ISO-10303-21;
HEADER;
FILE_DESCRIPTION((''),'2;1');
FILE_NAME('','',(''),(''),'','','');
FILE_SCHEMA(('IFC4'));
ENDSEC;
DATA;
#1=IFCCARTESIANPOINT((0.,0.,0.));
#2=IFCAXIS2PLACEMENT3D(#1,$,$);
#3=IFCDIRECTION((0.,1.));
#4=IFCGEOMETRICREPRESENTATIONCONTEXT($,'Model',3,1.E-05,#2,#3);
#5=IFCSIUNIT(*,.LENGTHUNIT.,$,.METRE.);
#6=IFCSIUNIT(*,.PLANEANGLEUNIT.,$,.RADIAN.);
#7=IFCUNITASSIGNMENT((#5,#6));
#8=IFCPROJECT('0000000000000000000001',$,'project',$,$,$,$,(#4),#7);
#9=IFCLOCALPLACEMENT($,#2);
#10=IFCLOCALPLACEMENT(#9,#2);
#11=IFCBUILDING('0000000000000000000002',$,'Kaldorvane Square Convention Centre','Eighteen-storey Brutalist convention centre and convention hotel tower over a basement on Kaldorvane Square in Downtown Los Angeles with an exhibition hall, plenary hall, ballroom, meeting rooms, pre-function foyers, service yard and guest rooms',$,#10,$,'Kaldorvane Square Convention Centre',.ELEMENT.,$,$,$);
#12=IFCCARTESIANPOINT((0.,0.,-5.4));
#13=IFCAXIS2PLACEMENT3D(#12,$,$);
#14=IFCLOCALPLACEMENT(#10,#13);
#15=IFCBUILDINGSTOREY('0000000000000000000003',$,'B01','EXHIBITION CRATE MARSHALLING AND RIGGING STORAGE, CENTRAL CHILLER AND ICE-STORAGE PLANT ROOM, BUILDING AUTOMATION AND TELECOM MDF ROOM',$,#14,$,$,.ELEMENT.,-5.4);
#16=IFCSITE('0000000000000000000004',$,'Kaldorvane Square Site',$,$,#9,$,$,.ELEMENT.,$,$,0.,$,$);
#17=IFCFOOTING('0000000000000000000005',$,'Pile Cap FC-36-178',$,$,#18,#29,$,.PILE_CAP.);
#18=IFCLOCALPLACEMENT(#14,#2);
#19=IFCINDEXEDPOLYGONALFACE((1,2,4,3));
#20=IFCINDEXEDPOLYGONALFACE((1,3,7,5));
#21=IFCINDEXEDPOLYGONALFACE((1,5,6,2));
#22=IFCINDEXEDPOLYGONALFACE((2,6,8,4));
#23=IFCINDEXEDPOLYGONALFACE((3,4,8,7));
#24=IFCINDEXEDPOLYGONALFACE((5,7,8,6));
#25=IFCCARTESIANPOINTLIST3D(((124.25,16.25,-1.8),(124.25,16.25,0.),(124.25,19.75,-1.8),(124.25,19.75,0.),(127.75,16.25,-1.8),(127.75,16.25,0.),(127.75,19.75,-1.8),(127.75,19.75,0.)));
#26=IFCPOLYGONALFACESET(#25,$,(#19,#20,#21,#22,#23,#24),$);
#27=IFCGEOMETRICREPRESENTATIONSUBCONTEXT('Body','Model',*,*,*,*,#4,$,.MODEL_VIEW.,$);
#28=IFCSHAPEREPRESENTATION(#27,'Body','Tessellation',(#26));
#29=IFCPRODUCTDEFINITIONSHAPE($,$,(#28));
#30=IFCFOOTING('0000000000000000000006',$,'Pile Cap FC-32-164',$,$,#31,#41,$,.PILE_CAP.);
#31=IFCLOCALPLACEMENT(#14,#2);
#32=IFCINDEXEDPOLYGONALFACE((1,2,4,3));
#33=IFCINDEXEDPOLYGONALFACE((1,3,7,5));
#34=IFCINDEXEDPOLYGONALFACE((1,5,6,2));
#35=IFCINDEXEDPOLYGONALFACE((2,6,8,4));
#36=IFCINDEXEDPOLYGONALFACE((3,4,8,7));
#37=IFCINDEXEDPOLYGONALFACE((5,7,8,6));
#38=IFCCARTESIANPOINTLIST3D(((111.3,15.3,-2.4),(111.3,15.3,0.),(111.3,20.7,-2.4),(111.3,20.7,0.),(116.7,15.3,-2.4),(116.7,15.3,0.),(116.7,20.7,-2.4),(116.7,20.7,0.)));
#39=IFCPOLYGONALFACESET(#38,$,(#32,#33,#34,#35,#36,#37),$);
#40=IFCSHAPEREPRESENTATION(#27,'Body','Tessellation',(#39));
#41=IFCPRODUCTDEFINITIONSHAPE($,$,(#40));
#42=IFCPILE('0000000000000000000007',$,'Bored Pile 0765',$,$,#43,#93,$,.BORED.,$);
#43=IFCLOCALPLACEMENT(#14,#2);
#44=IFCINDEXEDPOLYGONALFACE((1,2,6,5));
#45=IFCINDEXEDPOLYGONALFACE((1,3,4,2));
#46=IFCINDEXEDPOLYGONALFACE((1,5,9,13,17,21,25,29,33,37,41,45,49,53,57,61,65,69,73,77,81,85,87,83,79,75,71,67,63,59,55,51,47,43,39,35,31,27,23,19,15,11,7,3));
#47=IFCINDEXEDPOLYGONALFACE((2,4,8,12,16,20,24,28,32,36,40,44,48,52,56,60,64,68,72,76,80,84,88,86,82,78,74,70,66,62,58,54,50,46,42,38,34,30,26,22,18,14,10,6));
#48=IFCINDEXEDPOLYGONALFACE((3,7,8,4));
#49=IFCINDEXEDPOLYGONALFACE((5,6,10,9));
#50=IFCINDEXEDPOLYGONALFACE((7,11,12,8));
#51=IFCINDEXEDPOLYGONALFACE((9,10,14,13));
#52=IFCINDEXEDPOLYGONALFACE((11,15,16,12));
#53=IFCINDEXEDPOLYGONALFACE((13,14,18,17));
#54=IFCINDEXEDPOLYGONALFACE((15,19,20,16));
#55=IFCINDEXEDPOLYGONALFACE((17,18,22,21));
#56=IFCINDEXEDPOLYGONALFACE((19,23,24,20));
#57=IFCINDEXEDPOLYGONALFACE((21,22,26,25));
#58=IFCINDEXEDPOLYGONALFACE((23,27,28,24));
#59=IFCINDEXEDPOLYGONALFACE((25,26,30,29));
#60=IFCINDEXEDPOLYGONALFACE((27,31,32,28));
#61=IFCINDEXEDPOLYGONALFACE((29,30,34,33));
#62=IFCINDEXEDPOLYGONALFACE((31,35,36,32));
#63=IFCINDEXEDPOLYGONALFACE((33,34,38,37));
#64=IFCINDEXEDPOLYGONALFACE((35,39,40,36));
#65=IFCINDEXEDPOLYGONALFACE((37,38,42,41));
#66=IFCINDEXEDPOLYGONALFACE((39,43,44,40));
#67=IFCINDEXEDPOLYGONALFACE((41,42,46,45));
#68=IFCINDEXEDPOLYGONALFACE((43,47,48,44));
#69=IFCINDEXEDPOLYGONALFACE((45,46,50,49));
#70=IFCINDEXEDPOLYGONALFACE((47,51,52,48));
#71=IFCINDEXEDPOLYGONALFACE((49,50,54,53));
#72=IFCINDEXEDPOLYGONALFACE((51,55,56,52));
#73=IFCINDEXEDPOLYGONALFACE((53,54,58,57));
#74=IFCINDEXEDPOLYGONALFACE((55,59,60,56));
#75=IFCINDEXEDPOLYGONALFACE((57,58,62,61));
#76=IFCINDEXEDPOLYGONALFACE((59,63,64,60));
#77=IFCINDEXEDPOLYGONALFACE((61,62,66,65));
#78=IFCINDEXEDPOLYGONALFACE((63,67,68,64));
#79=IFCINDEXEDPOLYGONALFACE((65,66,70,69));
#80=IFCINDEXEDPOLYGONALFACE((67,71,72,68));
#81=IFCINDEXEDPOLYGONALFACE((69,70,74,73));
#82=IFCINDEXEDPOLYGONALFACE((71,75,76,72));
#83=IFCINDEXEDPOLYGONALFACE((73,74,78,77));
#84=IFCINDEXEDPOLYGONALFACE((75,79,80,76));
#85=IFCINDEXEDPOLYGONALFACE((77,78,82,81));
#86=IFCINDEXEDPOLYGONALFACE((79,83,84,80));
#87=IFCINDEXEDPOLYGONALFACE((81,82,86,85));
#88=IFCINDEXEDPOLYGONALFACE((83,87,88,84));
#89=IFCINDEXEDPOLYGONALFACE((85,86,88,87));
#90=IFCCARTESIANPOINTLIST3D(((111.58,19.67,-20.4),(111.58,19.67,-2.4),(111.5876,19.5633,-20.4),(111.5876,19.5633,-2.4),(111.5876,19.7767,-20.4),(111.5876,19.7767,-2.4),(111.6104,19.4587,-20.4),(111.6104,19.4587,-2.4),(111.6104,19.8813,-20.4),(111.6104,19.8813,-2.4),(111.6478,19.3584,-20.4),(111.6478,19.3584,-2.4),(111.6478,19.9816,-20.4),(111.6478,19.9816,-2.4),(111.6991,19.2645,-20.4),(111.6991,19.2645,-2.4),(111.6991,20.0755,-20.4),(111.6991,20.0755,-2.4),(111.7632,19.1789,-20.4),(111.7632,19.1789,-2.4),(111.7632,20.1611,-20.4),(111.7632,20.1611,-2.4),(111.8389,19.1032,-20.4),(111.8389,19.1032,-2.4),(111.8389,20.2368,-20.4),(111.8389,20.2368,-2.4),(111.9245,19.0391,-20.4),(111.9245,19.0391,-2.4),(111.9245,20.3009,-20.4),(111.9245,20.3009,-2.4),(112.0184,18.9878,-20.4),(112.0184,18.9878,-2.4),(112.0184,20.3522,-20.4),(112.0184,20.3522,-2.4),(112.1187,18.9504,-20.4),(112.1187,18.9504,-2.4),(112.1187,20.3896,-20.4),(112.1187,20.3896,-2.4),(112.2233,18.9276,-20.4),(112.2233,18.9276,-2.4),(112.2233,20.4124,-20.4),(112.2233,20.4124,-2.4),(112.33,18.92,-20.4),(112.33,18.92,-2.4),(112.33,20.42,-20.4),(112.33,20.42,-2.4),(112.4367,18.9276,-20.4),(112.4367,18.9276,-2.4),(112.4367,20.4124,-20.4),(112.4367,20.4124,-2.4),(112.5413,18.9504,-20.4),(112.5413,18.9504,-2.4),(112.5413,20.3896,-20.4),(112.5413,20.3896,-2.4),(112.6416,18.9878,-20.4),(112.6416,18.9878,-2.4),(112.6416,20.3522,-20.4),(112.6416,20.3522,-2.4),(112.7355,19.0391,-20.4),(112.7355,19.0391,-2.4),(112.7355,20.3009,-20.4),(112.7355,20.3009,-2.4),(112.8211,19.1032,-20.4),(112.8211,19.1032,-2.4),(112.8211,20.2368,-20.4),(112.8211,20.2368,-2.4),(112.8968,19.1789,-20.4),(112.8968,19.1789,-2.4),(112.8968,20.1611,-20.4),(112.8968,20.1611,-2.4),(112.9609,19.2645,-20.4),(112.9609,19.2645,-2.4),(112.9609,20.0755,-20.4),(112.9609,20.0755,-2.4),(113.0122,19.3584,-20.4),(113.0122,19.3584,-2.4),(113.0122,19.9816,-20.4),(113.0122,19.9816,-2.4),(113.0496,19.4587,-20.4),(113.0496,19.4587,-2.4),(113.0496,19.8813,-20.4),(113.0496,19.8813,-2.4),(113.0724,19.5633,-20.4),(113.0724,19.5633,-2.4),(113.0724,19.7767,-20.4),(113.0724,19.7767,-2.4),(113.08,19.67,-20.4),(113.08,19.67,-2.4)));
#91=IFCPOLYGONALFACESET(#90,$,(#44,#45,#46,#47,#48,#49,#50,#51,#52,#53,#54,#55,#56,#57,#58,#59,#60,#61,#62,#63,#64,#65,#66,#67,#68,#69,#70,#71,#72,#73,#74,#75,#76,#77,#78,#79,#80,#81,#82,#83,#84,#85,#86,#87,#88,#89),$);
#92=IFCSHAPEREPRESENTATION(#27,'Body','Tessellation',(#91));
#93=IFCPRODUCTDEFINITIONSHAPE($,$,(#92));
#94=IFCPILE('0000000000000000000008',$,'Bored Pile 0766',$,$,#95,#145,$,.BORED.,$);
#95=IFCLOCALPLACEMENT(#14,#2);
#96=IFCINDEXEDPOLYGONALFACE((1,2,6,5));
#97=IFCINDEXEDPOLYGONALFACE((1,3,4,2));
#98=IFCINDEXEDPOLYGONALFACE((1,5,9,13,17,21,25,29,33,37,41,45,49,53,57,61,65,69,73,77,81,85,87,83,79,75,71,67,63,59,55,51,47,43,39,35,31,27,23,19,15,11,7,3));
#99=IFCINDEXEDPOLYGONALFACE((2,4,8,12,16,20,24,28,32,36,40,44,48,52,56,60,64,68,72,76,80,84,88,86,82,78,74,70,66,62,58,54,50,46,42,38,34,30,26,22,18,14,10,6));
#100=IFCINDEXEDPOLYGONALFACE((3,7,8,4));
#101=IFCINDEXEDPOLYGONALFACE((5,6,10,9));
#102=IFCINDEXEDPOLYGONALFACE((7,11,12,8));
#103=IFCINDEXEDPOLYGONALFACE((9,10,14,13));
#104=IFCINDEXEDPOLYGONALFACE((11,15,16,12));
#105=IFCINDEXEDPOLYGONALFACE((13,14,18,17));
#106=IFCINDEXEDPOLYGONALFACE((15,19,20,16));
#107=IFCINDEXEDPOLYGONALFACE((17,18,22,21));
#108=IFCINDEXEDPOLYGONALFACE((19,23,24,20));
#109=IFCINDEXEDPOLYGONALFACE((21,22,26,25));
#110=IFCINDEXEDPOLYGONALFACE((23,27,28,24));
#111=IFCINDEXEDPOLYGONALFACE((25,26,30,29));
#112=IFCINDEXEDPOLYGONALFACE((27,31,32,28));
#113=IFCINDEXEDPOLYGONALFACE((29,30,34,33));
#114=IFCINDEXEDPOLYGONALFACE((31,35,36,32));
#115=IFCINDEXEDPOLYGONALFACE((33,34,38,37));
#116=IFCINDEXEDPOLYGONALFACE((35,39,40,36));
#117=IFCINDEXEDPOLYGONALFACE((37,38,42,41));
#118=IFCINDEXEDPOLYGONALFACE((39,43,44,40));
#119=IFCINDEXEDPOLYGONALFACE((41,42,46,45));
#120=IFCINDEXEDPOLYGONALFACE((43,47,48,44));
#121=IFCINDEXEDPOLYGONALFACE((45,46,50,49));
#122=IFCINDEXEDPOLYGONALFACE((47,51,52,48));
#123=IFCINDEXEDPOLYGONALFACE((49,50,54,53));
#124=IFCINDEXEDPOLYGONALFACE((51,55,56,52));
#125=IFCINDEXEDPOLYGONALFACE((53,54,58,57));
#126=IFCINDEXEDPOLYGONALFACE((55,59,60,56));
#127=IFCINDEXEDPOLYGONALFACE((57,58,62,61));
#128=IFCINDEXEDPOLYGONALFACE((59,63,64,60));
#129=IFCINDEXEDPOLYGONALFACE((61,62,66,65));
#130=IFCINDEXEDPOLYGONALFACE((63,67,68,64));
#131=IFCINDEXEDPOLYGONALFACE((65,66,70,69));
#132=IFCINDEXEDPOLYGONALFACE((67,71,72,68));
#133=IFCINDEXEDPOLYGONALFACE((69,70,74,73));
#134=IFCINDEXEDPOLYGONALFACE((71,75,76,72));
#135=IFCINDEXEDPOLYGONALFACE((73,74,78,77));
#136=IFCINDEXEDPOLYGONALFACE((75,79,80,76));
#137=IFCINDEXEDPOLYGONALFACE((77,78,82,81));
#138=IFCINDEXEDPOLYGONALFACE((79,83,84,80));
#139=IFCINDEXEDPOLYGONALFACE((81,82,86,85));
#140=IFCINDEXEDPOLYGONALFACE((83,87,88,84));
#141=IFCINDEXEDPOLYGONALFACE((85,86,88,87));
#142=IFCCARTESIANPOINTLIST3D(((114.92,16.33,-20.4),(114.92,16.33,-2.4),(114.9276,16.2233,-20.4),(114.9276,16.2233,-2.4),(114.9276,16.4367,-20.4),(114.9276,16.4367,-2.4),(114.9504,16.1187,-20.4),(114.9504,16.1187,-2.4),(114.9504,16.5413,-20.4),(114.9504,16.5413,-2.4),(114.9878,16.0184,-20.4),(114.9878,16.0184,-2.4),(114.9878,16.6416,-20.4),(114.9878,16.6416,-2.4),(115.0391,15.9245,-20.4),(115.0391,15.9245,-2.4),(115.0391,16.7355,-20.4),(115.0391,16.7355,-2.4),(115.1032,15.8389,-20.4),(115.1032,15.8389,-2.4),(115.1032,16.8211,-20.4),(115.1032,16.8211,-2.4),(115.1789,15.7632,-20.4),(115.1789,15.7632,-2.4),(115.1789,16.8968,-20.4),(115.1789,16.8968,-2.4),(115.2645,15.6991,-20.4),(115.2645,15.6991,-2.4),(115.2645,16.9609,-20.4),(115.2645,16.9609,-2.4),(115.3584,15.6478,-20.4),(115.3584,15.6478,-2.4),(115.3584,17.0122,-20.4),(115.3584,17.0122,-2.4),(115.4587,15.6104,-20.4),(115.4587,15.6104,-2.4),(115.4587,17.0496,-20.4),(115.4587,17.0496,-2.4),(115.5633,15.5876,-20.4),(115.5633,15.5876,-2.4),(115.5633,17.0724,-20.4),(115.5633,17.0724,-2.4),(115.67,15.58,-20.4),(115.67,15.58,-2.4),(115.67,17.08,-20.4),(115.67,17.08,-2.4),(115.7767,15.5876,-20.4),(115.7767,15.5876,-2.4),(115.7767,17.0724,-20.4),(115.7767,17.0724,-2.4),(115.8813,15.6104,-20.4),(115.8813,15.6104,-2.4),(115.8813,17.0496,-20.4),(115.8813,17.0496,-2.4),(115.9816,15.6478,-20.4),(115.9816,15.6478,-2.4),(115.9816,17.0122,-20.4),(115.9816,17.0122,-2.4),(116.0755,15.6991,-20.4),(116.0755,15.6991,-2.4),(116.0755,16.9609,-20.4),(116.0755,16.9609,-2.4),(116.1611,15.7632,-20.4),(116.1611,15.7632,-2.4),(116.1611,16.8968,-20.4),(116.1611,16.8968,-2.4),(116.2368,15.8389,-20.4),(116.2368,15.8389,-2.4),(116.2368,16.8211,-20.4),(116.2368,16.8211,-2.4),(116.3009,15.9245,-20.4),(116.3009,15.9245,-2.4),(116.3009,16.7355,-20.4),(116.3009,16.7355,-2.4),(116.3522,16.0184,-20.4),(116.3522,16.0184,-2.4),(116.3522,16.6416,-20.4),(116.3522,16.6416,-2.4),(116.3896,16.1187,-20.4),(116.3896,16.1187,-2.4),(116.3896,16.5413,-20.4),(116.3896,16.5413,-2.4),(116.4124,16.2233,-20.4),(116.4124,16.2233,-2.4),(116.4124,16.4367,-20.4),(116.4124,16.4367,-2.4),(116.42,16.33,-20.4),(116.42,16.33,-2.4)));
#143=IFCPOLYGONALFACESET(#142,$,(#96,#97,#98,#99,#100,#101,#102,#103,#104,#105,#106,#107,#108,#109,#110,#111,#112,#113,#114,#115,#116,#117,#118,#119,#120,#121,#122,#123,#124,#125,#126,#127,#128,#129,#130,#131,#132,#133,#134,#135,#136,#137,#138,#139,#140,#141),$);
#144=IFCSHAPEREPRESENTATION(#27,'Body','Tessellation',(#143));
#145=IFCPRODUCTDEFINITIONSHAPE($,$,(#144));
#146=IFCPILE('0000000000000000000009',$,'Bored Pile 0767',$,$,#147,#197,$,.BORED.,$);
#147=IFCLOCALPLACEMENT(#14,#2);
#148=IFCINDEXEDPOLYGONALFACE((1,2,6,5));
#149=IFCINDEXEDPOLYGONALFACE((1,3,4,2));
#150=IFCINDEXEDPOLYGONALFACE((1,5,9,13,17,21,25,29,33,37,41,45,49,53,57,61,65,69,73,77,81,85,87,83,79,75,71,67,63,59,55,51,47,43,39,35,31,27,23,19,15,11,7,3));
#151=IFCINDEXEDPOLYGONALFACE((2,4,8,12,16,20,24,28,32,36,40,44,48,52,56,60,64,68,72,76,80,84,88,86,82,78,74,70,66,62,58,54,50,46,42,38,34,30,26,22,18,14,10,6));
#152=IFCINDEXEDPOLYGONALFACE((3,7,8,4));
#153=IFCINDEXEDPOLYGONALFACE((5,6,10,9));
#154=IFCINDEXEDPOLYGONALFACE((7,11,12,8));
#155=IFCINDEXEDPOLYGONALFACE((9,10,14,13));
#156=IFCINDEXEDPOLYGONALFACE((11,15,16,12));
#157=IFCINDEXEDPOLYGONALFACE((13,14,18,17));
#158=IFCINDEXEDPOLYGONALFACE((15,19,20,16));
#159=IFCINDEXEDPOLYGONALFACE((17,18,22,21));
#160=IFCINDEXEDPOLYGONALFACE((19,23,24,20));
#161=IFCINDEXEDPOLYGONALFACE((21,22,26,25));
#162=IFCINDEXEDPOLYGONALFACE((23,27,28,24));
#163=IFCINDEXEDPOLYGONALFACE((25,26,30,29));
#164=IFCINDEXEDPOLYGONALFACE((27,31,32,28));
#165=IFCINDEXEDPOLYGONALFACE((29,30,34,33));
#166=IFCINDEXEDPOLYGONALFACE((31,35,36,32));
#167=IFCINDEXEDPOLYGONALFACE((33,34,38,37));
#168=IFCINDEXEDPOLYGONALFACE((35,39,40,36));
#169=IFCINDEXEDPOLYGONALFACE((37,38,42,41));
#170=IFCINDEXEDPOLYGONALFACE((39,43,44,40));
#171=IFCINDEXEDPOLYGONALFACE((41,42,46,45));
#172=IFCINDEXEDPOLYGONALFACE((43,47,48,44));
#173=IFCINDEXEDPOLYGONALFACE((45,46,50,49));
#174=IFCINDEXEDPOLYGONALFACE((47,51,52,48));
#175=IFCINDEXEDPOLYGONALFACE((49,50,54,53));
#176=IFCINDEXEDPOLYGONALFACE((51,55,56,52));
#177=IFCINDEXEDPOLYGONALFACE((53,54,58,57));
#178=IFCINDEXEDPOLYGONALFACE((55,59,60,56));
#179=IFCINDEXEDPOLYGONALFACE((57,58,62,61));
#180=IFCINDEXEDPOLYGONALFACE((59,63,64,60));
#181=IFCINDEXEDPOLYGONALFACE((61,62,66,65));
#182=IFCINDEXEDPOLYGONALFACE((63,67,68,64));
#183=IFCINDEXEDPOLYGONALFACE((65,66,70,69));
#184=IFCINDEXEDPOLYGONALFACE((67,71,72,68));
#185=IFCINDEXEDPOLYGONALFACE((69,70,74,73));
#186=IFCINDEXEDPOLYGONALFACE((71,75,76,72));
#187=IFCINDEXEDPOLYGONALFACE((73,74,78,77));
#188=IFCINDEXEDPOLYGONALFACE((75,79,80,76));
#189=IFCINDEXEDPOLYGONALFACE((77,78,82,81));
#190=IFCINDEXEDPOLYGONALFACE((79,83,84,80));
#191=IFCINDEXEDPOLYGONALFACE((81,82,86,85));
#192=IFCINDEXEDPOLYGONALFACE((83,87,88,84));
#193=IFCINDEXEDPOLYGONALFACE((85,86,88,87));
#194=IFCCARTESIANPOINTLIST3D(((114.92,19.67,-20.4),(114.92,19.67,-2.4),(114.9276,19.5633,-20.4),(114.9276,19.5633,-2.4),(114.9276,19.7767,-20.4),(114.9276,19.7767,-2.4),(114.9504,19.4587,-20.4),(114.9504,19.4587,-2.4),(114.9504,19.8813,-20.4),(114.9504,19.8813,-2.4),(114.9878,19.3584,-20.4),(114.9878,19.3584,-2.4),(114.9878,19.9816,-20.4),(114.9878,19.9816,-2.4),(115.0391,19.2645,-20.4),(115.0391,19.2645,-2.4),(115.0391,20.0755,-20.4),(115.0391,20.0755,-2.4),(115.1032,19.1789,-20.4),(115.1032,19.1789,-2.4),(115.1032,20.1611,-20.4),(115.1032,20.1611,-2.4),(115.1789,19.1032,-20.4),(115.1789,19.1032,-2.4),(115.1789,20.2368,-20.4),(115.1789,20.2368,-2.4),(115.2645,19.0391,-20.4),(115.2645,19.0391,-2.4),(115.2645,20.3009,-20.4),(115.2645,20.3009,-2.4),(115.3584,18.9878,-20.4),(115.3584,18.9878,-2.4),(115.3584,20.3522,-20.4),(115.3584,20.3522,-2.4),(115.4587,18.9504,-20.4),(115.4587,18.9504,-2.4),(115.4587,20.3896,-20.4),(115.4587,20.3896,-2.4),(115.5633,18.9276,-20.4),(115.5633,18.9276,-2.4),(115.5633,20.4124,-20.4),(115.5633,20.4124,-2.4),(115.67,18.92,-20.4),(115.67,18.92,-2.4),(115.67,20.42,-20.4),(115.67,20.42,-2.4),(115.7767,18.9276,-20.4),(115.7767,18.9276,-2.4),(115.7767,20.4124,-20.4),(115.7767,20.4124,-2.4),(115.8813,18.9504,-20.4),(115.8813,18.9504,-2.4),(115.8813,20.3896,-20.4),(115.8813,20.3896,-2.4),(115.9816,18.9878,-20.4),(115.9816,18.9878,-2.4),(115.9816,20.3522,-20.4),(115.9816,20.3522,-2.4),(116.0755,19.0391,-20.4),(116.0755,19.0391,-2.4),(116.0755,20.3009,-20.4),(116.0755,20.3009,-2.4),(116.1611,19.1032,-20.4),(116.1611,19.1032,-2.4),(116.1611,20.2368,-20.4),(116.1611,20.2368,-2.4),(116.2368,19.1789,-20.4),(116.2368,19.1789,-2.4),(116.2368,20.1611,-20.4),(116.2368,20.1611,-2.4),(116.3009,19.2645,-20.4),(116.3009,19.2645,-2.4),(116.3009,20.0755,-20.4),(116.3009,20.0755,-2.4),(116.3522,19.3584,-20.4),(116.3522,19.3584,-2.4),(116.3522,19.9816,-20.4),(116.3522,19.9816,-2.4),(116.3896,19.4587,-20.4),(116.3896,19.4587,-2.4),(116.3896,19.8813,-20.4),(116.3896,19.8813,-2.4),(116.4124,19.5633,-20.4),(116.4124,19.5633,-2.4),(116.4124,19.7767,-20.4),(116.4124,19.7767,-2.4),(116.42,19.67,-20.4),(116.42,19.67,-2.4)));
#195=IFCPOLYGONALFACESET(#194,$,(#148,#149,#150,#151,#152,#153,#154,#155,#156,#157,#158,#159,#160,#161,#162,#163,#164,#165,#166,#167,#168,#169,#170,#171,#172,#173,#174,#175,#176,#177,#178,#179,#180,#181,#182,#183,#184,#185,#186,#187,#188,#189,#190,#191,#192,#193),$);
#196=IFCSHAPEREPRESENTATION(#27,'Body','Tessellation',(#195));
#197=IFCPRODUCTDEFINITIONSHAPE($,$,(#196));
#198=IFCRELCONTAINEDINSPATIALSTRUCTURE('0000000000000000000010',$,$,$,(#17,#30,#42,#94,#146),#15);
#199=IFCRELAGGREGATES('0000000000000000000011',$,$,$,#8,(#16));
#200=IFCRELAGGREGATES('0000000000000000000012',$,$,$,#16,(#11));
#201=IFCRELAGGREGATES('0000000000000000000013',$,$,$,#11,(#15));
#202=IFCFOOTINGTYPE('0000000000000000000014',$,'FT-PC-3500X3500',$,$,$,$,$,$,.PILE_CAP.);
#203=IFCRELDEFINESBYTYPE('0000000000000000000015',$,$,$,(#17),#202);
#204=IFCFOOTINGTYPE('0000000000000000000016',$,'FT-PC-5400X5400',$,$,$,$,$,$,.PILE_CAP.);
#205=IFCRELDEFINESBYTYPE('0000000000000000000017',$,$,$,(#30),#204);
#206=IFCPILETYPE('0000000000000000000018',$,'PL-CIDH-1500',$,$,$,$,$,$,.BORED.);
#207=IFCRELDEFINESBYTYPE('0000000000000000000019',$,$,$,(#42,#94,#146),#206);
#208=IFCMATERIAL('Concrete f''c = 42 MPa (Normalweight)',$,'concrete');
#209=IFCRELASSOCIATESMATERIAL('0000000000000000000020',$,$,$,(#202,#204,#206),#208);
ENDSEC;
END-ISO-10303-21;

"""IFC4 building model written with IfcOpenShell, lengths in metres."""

from ifc_helpers import new_model, si_unit, direction, frame, origin, origin_2d, place, context, subcontext, project, spatial, rectangle, circle, extrude, material, material_profile, profile_set, type_object, element, save


model = new_model("IFC4")

# Units and contexts
model_context = context("Model", 3, precision=1e-05, world=origin(), true_north=direction((0.0, 1.0)))
body_context = subcontext(model_context, "Body", "Model", "MODEL_VIEW")
ifc_project = project(units=[si_unit("LENGTHUNIT", "METRE"), si_unit("PLANEANGLEUNIT", "RADIAN")], contexts=[model_context])

# Site, building, storey
site_placement = place(None, origin())
site = spatial("IfcSite", under=ifc_project, at=site_placement, Name="Kaldorvane Square Site", CompositionType="ELEMENT", RefElevation=0.0)
building_placement = place(site_placement, origin())
building = spatial("IfcBuilding", under=site, at=building_placement, Name="Kaldorvane Square Convention Centre", Description="Eighteen-storey Brutalist convention centre and convention hotel tower over a basement on Kaldorvane Square in Downtown Los Angeles with an exhibition hall, plenary hall, ballroom, meeting rooms, pre-function foyers, service yard and guest rooms", LongName="Kaldorvane Square Convention Centre", CompositionType="ELEMENT")
storey_placement = place(building_placement, frame((0.0, 0.0, -5.4)))
storey = spatial("IfcBuildingStorey", under=building, at=storey_placement, Name="B01", Description="EXHIBITION CRATE MARSHALLING AND RIGGING STORAGE, CENTRAL CHILLER AND ICE-STORAGE PLANT ROOM, BUILDING AUTOMATION AND TELECOM MDF ROOM", CompositionType="ELEMENT", Elevation=-5.4)

# Footings
ifc_material_1 = material(Name="Concrete f'c = 42 MPa (Normalweight)", Category="concrete")
footing_type_1 = type_object("IfcFootingType", Name="FT-PC-3500X3500", PredefinedType="PILE_CAP", material=ifc_material_1)
footing_1_placement = place(storey_placement, frame((126.0, 18.0, -1.8), z_axis=(0.0, 0.0, 1.0), x_axis=(1.0, 0.0, 0.0)))
element("IfcFooting", 1, at=footing_1_placement, inside=storey, type_object=footing_type_1, Name="Pile Cap FC-36-178", PredefinedType="PILE_CAP", context=body_context, shape_type="SweptSolid", body=[
    extrude(rectangle(XDim=3.5, YDim=3.5, at=origin_2d()), origin(), (0.0, 0.0, 1.0), 1.8),
])
footing_type_2 = type_object("IfcFootingType", Name="FT-PC-5400X5400", PredefinedType="PILE_CAP", material=ifc_material_1)
footing_2_placement = place(storey_placement, frame((114.0, 18.0, -2.4), z_axis=(0.0, 0.0, 1.0), x_axis=(1.0, 0.0, 0.0)))
element("IfcFooting", 2, at=footing_2_placement, inside=storey, type_object=footing_type_2, Name="Pile Cap FC-32-164", PredefinedType="PILE_CAP", context=body_context, shape_type="SweptSolid", body=[
    extrude(rectangle(XDim=5.4, YDim=5.4, at=origin_2d()), origin(), (0.0, 0.0, 1.0), 2.4),
])

# Piles
ifc_material_profile_1 = material_profile(ifc_material_1, circle(Radius=0.75, at=origin_2d()), Name="PILE-D1500")
ifc_profile_set_1 = profile_set([ifc_material_profile_1], Name="Concrete f'c = 42 MPa (Normalweight)")
pile_type_1 = type_object("IfcPileType", Name="PL-CIDH-1500", PredefinedType="BORED", material=ifc_profile_set_1)
for number, where, z_axis, x_axis, name in (
    (3, (112.33, 19.67, -2.4), (0.0, 0.0, -1.0), (1.0, 0.0, 0.0), "Bored Pile 0765"),
    (4, (115.67, 16.33, -2.4), (0.0, 0.0, -1.0), (1.0, 0.0, 0.0), "Bored Pile 0766"),
    (5, (115.67, 19.67, -2.4), (0.0, 0.0, -1.0), (1.0, 0.0, 0.0), "Bored Pile 0767"),
):
    element("IfcPile", number, at=place(storey_placement, frame(where, z_axis=z_axis, x_axis=x_axis)), inside=storey, type_object=pile_type_1, Name=name, PredefinedType="BORED", context=body_context, shape_type="SweptSolid", body=[
        extrude(circle(Radius=0.75, at=origin_2d()), origin(), (0.0, 0.0, 1.0), 18.0),
    ])

save(model, "model.ifc")
